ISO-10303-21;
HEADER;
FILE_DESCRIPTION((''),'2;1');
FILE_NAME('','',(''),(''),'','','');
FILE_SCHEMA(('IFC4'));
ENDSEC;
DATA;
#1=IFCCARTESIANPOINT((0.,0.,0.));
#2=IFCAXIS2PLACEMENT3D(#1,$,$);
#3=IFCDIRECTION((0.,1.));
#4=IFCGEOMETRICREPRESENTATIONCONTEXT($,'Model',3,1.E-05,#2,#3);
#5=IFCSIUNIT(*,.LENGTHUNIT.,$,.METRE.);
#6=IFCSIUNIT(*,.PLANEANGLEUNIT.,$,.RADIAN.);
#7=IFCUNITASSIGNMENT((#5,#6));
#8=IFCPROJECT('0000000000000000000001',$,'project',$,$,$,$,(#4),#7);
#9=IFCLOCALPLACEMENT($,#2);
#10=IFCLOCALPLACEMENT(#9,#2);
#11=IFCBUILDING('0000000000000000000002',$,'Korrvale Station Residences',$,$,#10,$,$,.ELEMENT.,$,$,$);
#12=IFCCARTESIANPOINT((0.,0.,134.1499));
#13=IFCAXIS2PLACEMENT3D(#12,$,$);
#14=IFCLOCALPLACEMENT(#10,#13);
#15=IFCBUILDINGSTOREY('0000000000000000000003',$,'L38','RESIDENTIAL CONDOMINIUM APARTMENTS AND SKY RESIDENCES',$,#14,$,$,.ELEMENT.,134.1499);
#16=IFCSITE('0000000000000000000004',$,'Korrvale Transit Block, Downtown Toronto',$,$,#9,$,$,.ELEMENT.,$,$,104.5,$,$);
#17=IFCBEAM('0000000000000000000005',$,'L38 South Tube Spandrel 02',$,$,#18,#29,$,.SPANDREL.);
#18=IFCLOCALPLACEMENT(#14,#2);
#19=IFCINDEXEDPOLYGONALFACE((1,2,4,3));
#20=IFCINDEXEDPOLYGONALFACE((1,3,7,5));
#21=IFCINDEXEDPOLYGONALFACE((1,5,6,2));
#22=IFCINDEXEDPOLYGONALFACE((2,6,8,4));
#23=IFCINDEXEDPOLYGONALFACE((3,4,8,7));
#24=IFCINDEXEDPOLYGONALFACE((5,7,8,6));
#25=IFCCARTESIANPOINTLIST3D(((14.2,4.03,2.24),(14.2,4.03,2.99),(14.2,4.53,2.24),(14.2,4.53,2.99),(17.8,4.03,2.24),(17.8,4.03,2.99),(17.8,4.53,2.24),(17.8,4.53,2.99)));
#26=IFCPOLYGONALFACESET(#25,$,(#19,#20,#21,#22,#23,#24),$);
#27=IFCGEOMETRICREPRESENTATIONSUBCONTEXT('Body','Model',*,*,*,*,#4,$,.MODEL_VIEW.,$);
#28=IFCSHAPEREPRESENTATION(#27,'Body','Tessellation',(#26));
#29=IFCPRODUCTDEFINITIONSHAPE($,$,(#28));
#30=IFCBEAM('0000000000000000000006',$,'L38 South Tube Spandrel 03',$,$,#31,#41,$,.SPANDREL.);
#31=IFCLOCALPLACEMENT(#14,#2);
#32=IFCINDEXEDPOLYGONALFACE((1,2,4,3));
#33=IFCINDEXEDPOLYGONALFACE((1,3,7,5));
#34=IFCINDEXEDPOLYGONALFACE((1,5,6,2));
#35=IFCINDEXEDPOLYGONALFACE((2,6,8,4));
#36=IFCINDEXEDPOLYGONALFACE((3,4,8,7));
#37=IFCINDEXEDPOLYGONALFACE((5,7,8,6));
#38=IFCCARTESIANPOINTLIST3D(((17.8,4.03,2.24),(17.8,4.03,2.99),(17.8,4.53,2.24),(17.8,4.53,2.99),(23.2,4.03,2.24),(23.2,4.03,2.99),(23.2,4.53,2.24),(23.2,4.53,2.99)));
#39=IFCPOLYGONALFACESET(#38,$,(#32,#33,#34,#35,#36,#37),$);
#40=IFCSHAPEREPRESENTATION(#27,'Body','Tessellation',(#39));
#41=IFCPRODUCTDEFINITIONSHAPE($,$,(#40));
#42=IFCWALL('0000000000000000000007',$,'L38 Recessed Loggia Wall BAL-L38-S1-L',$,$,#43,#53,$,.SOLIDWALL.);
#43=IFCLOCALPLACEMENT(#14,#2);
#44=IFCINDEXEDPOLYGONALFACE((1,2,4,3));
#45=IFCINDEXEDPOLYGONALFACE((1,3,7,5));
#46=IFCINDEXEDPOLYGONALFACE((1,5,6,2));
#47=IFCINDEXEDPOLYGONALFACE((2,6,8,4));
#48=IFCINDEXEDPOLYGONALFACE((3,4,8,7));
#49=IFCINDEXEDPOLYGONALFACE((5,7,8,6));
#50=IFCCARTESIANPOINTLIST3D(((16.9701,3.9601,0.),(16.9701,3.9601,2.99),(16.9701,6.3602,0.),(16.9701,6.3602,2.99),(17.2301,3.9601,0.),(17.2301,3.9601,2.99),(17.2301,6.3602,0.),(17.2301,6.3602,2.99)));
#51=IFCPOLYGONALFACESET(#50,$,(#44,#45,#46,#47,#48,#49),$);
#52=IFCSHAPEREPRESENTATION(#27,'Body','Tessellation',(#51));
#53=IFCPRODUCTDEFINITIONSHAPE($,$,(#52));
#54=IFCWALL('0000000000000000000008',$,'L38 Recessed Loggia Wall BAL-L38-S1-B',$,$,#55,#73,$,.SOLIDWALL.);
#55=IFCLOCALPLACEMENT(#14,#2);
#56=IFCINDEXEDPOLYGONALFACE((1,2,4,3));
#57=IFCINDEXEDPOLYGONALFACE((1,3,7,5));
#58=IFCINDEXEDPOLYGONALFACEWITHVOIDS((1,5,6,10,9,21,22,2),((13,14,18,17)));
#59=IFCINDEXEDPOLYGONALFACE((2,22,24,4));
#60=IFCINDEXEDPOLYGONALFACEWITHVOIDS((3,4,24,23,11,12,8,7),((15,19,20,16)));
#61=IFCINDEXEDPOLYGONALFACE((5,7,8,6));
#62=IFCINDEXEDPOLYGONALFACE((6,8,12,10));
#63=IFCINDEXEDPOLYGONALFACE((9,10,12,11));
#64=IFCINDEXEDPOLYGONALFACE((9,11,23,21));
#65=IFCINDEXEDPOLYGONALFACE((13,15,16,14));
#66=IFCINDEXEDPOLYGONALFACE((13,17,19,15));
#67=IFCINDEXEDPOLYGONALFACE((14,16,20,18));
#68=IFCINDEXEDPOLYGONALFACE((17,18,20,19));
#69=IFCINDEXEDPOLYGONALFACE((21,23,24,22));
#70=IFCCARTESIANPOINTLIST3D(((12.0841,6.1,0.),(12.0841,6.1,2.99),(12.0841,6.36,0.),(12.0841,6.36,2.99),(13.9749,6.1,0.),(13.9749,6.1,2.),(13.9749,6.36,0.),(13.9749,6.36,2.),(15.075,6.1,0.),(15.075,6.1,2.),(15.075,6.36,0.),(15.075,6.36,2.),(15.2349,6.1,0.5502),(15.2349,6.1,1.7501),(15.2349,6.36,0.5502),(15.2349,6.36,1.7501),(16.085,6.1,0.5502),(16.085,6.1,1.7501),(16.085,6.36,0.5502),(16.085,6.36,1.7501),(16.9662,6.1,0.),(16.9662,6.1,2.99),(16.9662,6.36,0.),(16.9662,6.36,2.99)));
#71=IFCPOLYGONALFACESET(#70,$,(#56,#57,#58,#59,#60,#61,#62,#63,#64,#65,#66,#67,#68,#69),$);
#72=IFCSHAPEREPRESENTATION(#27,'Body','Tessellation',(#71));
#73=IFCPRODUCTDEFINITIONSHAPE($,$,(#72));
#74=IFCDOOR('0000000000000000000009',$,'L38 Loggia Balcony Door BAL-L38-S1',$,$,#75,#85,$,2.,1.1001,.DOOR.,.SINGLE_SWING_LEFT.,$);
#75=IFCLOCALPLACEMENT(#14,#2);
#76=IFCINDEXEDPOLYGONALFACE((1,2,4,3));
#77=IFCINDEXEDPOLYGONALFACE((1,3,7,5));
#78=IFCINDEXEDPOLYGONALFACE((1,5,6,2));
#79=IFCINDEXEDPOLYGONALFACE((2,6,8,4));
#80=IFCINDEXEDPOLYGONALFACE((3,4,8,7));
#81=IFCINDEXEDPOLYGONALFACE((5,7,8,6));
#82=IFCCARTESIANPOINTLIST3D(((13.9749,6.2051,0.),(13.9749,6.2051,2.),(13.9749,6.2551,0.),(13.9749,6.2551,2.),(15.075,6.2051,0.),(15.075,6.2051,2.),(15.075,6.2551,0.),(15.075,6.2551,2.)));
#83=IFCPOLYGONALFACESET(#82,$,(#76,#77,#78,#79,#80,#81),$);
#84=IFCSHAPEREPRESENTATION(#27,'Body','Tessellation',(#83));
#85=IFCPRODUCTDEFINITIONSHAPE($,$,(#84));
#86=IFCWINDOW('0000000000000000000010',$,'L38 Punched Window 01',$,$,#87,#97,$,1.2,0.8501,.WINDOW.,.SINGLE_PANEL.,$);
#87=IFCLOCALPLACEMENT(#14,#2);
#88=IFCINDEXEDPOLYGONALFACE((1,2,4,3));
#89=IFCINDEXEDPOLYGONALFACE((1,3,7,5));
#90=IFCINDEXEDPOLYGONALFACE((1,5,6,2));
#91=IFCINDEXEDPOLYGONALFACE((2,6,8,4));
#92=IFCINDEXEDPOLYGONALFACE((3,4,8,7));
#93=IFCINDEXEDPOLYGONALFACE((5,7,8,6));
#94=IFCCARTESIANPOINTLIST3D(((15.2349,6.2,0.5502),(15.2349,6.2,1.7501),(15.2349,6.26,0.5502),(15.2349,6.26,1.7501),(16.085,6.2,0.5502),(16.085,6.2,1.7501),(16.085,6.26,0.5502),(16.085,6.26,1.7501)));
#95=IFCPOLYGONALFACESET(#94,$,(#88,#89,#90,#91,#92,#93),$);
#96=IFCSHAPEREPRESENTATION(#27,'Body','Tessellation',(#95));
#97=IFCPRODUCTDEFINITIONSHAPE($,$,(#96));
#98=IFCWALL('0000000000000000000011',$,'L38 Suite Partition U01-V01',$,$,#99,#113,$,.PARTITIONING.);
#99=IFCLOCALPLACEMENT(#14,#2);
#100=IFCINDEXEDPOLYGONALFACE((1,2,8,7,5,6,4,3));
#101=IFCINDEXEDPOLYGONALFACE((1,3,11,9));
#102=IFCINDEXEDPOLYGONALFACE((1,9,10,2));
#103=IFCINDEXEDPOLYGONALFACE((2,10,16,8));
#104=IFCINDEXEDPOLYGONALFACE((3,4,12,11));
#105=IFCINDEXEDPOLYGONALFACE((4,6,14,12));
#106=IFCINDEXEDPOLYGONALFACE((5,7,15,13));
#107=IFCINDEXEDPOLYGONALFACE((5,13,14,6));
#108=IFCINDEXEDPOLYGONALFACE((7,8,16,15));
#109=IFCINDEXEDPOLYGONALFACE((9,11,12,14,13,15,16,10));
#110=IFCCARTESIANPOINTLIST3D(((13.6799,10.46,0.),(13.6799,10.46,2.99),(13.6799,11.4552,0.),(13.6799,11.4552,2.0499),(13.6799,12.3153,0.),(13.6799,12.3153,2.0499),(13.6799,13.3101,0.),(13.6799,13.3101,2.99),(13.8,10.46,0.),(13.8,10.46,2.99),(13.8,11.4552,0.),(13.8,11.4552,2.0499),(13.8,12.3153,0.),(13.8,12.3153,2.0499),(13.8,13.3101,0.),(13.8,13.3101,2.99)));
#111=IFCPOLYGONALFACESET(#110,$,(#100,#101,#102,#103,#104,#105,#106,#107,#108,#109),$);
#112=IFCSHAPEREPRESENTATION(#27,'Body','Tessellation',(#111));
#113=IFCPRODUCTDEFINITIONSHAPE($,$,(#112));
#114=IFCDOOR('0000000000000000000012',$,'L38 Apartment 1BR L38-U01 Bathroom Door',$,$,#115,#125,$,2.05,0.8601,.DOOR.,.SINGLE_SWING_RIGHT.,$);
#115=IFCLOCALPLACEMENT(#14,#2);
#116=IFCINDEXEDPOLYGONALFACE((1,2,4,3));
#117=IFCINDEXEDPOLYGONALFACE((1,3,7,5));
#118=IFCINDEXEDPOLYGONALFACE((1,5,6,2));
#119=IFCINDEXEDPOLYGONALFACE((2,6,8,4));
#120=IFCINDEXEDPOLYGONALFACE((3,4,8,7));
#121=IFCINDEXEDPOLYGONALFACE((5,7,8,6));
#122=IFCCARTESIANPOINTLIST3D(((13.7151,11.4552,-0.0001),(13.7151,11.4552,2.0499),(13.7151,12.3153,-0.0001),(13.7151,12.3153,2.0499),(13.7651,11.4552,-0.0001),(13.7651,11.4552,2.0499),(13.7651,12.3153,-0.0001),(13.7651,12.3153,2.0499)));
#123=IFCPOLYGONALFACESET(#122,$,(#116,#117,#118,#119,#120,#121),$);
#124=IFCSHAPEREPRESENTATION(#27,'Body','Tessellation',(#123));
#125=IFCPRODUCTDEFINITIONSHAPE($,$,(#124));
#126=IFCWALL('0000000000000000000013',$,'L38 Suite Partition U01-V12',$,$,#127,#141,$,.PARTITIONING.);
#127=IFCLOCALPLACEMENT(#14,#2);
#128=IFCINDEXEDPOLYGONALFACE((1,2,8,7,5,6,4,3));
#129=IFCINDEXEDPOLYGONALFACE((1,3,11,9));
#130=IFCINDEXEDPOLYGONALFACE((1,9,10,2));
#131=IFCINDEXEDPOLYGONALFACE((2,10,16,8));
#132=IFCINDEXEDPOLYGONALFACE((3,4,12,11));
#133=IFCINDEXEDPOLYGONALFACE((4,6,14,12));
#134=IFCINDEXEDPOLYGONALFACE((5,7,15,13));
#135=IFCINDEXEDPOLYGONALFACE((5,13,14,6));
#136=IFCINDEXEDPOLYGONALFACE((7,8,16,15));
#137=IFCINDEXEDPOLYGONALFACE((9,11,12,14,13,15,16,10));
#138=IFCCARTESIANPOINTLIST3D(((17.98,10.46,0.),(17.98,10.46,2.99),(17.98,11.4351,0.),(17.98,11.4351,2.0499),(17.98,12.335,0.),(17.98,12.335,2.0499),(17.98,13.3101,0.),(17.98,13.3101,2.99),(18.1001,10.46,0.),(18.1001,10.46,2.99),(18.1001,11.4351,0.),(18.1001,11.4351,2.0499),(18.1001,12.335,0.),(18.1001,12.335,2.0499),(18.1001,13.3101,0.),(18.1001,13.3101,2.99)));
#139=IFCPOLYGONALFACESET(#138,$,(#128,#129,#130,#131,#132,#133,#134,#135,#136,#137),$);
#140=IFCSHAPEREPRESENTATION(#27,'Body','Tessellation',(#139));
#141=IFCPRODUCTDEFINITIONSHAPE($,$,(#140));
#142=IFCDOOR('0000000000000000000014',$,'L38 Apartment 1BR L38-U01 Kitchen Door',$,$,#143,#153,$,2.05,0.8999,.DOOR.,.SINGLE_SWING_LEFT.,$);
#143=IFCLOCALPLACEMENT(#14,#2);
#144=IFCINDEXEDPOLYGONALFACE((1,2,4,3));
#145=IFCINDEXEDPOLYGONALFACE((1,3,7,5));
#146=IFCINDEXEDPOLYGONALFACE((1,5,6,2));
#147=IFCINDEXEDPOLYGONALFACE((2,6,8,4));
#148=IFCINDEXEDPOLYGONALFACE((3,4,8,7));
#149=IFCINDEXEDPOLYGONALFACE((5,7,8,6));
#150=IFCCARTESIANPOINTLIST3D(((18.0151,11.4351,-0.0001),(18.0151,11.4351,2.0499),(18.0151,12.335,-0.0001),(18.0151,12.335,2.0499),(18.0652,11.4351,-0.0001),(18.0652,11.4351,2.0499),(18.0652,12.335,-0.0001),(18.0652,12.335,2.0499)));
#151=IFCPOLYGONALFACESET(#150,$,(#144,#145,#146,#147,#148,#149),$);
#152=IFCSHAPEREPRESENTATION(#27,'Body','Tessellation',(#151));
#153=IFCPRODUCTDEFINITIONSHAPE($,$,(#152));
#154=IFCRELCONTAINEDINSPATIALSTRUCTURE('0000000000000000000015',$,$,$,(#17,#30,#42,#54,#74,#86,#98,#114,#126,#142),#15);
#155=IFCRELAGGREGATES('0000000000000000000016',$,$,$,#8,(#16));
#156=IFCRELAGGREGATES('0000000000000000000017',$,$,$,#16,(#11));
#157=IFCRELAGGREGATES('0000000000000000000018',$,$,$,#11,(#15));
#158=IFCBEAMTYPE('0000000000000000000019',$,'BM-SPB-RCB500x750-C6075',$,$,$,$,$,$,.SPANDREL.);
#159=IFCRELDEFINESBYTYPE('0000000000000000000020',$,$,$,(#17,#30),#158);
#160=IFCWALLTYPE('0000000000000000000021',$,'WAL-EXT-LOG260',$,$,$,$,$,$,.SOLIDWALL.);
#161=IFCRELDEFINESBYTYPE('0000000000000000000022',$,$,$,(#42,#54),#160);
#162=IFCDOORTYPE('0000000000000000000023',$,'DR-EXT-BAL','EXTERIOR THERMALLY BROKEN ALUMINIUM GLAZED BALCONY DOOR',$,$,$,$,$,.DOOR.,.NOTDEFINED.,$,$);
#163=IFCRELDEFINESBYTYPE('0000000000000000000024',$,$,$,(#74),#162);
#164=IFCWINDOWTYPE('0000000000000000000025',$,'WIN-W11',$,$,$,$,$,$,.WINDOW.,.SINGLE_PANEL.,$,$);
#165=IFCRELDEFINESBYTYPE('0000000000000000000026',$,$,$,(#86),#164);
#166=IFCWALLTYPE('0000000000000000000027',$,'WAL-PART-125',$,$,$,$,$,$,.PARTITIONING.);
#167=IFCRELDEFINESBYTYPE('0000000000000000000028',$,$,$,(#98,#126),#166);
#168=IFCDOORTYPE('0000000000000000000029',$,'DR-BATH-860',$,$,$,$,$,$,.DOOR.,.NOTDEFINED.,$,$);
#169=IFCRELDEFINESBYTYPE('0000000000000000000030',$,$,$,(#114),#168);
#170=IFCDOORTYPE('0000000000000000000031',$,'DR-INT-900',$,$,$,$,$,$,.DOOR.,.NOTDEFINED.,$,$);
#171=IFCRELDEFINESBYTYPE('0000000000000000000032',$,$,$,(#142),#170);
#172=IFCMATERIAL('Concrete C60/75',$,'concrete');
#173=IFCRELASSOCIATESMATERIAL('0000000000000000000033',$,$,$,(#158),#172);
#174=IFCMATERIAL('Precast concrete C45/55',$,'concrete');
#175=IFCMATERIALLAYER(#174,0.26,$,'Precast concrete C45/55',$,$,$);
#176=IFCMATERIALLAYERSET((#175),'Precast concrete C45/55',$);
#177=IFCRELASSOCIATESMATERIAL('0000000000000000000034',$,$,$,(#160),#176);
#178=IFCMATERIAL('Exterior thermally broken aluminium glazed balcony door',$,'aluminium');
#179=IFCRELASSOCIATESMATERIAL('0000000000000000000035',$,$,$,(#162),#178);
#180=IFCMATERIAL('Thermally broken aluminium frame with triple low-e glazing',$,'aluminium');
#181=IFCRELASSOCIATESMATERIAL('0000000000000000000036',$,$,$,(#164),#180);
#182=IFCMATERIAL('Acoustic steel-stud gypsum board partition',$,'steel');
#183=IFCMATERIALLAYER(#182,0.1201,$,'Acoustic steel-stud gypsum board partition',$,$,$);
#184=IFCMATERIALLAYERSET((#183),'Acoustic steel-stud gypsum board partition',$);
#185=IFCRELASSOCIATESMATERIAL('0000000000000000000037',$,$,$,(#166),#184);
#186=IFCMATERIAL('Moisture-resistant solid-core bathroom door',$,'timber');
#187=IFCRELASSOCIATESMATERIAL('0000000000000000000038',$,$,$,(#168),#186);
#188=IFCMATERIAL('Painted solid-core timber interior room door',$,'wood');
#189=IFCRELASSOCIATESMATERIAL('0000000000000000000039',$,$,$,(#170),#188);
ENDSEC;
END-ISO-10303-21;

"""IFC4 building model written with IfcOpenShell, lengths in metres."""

from ifc_helpers import new_model, si_unit, direction, frame, frame_2d, origin, origin_2d, place, context, subcontext, project, spatial, rectangle, extrude, material, layer, layer_set, material_profile, profile_set, type_object, element, fill, save


model = new_model("IFC4")

# Units and contexts
model_context = context("Model", 3, precision=1e-05, world=origin(), true_north=direction((0.0, 1.0)))
body_context = subcontext(model_context, "Body", "Model", "MODEL_VIEW")
ifc_project = project(units=[si_unit("LENGTHUNIT", "METRE"), si_unit("PLANEANGLEUNIT", "RADIAN")], contexts=[model_context])

# Site, building, storey
site_placement = place(None, origin())
site = spatial("IfcSite", under=ifc_project, at=site_placement, Name="Korrvale Transit Block, Downtown Toronto", CompositionType="ELEMENT", RefElevation=104.5)
building_placement = place(site_placement, origin())
building = spatial("IfcBuilding", under=site, at=building_placement, Name="Korrvale Station Residences", CompositionType="ELEMENT")
storey_placement = place(building_placement, frame((0.0, 0.0, 134.1499)))
storey = spatial("IfcBuildingStorey", under=building, at=storey_placement, Name="L38", Description="RESIDENTIAL CONDOMINIUM APARTMENTS AND SKY RESIDENCES", CompositionType="ELEMENT", Elevation=134.1499)

# Shared definitions
ifc_material_1 = material(Name="Concrete C60/75", Category="concrete")

# Beams
ifc_material_profile_1 = material_profile(ifc_material_1, rectangle(XDim=0.5, YDim=0.75, at=origin_2d()), Name="RCB500x750")
ifc_profile_set_1 = profile_set([ifc_material_profile_1], Name="Concrete C60/75")
beam_type_1 = type_object("IfcBeamType", Name="BM-SPB-RCB500x750-C6075", PredefinedType="SPANDREL", material=ifc_profile_set_1)
beam_1_placement = place(storey_placement, frame((14.2, 4.28, 2.615), z_axis=(1.0, 0.0, 0.0), x_axis=(0.0, 1.0, 0.0)))
element("IfcBeam", 1, at=beam_1_placement, inside=storey, type_object=beam_type_1, Name="L38 South Tube Spandrel 02", PredefinedType="SPANDREL", context=body_context, shape_type="SweptSolid", body=[
    extrude(rectangle(XDim=0.5, YDim=0.75, at=origin_2d()), origin(), (0.0, 0.0, 1.0), 3.6001),
])
beam_2_placement = place(storey_placement, frame((17.8, 4.28, 2.615), z_axis=(1.0, 0.0, 0.0), x_axis=(0.0, 1.0, 0.0)))
element("IfcBeam", 2, at=beam_2_placement, inside=storey, type_object=beam_type_1, Name="L38 South Tube Spandrel 03", PredefinedType="SPANDREL", context=body_context, shape_type="SweptSolid", body=[
    extrude(rectangle(XDim=0.5, YDim=0.75, at=origin_2d()), origin(), (0.0, 0.0, 1.0), 5.3999),
])

# Wall
ifc_material_2 = material(Name="Precast concrete C45/55", Category="concrete")
ifc_layer_1 = layer(ifc_material_2, 0.26, Name="Precast concrete C45/55")
ifc_layer_set_1 = layer_set([ifc_layer_1], Name="Precast concrete C45/55")
wall_type_1 = type_object("IfcWallType", Name="WAL-EXT-LOG260", PredefinedType="SOLIDWALL", material=ifc_layer_set_1)
wall_1_placement = place(storey_placement, frame((17.1001, 3.96, 0.0), z_axis=(0.0, 0.0, 1.0), x_axis=(0.0, 1.0, 0.0)))
element("IfcWall", 3, at=wall_1_placement, inside=storey, type_object=wall_type_1, Name="L38 Recessed Loggia Wall BAL-L38-S1-L", PredefinedType="SOLIDWALL", context=body_context, shape_type="SweptSolid", body=[
    extrude(rectangle(XDim=2.4001, YDim=0.26, at=frame_2d((1.2002, 0.0))), origin(), (0.0, 0.0, 1.0), 2.99),
])

# Wall, openings, door, window
wall_2_placement = place(storey_placement, frame((16.9661, 6.23, 0.0), z_axis=(0.0, 0.0, 1.0), x_axis=(-1.0, 0.0, 0.0)))
wall_2 = element("IfcWall", 4, at=wall_2_placement, inside=storey, type_object=wall_type_1, Name="L38 Recessed Loggia Wall BAL-L38-S1-B", PredefinedType="SOLIDWALL", context=body_context, shape_type="SweptSolid", body=[
    extrude(rectangle(XDim=4.8821, YDim=0.26, at=frame_2d((2.4409, 0.0))), origin(), (0.0, 0.0, 1.0), 2.99),
])
opening_1_placement = place(wall_2_placement, frame((1.8911, 0.0, 0.0)))
opening_1 = element("IfcOpeningElement", 5, at=opening_1_placement, cuts=wall_2, PredefinedType="OPENING", context=body_context, shape_type="SweptSolid", body=[
    extrude(rectangle(XDim=1.1001, YDim=2.0, at=frame_2d((0.55, 1.0))), frame((0.0, 0.1401, 0.0), z_axis=(0.0, -1.0, 0.0), x_axis=(1.0, 0.0, 0.0)), (0.0, 0.0, 1.0), 0.28),
])
opening_2_placement = place(wall_2_placement, frame((0.8811, 0.0, 0.55)))
opening_2 = element("IfcOpeningElement", 6, at=opening_2_placement, cuts=wall_2, PredefinedType="OPENING", context=body_context, shape_type="SweptSolid", body=[
    extrude(rectangle(XDim=0.8501, YDim=1.2, at=frame_2d((0.425, 0.6001))), frame((0.0, 0.1401, 0.0), z_axis=(0.0, -1.0, 0.0), x_axis=(1.0, 0.0, 0.0)), (0.0, 0.0, 1.0), 0.28),
])
ifc_material_3 = material(Name="Exterior thermally broken aluminium glazed balcony door", Category="aluminium")
door_type_1 = type_object("IfcDoorType", Name="DR-EXT-BAL", Description="EXTERIOR THERMALLY BROKEN ALUMINIUM GLAZED BALCONY DOOR", OperationType="NOTDEFINED", PredefinedType="DOOR", material=ifc_material_3)
door_1_placement = place(opening_1_placement, origin())
door_1 = element("IfcDoor", 7, at=door_1_placement, inside=storey, type_object=door_type_1, Name="L38 Loggia Balcony Door BAL-L38-S1", OperationType="SINGLE_SWING_LEFT", OverallHeight=2.0, OverallWidth=1.1001, PredefinedType="DOOR", context=body_context, shape_type="SweptSolid", body=[
    extrude(rectangle(XDim=1.1001, YDim=2.0, at=frame_2d((0.55, 1.0))), frame((0.0, 0.0249, 0.0), z_axis=(0.0, -1.0, 0.0), x_axis=(1.0, 0.0, 0.0)), (0.0, 0.0, 1.0), 0.05),
])
fill(opening_1, door_1)
ifc_material_4 = material(Name="Thermally broken aluminium frame with triple low-e glazing", Category="aluminium")
window_type = type_object("IfcWindowType", Name="WIN-W11", PartitioningType="SINGLE_PANEL", PredefinedType="WINDOW", material=ifc_material_4)
window_placement = place(opening_2_placement, origin())
window = element("IfcWindow", 8, at=window_placement, inside=storey, type_object=window_type, Name="L38 Punched Window 01", OverallHeight=1.2, OverallWidth=0.8501, PartitioningType="SINGLE_PANEL", PredefinedType="WINDOW", context=body_context, shape_type="SweptSolid", body=[
    extrude(rectangle(XDim=0.8501, YDim=1.2, at=frame_2d((0.425, 0.6001))), frame((0.0, 0.03, 0.0), z_axis=(0.0, -1.0, 0.0), x_axis=(1.0, 0.0, 0.0)), (0.0, 0.0, 1.0), 0.0601),
])
fill(opening_2, window)

# Walls, openings, doors
ifc_material_5 = material(Name="Acoustic steel-stud gypsum board partition", Category="steel")
ifc_layer_2 = layer(ifc_material_5, 0.1201, Name="Acoustic steel-stud gypsum board partition")
ifc_layer_set_2 = layer_set([ifc_layer_2], Name="Acoustic steel-stud gypsum board partition")
wall_type_2 = type_object("IfcWallType", Name="WAL-PART-125", PredefinedType="PARTITIONING", material=ifc_layer_set_2)
wall_3_placement = place(storey_placement, frame((13.74, 10.46, 0.0), z_axis=(0.0, 0.0, 1.0), x_axis=(0.0, 1.0, 0.0)))
wall_3 = element("IfcWall", 9, at=wall_3_placement, inside=storey, type_object=wall_type_2, Name="L38 Suite Partition U01-V01", PredefinedType="PARTITIONING", context=body_context, shape_type="SweptSolid", body=[
    extrude(rectangle(XDim=2.8501, YDim=0.1201, at=frame_2d((1.425, 0.0))), origin(), (0.0, 0.0, 1.0), 2.99),
])
opening_3_placement = place(wall_3_placement, frame((0.9951, 0.0, 0.0)))
opening_3 = element("IfcOpeningElement", 10, at=opening_3_placement, cuts=wall_3, PredefinedType="OPENING", context=body_context, shape_type="SweptSolid", body=[
    extrude(rectangle(XDim=0.8601, YDim=2.05, at=frame_2d((0.4302, 1.0249))), frame((0.0, 0.0701, 0.0), z_axis=(0.0, -1.0, 0.0), x_axis=(1.0, 0.0, 0.0)), (0.0, 0.0, 1.0), 0.1401),
])
ifc_material_6 = material(Name="Moisture-resistant solid-core bathroom door", Category="timber")
door_type_2 = type_object("IfcDoorType", Name="DR-BATH-860", OperationType="NOTDEFINED", PredefinedType="DOOR", material=ifc_material_6)
door_2_placement = place(opening_3_placement, origin())
door_2 = element("IfcDoor", 11, at=door_2_placement, inside=storey, type_object=door_type_2, Name="L38 Apartment 1BR L38-U01 Bathroom Door", OperationType="SINGLE_SWING_RIGHT", OverallHeight=2.05, OverallWidth=0.8601, PredefinedType="DOOR", context=body_context, shape_type="SweptSolid", body=[
    extrude(rectangle(XDim=0.8601, YDim=2.05, at=frame_2d((0.4302, 1.0249))), frame((0.0, 0.0249, 0.0), z_axis=(0.0, -1.0, 0.0), x_axis=(1.0, 0.0, 0.0)), (0.0, 0.0, 1.0), 0.05),
])
fill(opening_3, door_2)
wall_4_placement = place(storey_placement, frame((18.04, 10.46, 0.0), z_axis=(0.0, 0.0, 1.0), x_axis=(0.0, 1.0, 0.0)))
wall_4 = element("IfcWall", 12, at=wall_4_placement, inside=storey, type_object=wall_type_2, Name="L38 Suite Partition U01-V12", PredefinedType="PARTITIONING", context=body_context, shape_type="SweptSolid", body=[
    extrude(rectangle(XDim=2.8501, YDim=0.1201, at=frame_2d((1.425, 0.0))), origin(), (0.0, 0.0, 1.0), 2.99),
])
opening_4_placement = place(wall_4_placement, frame((0.9751, 0.0, 0.0)))
opening_4 = element("IfcOpeningElement", 13, at=opening_4_placement, cuts=wall_4, PredefinedType="OPENING", context=body_context, shape_type="SweptSolid", body=[
    extrude(rectangle(XDim=0.8999, YDim=2.05, at=frame_2d((0.45, 1.0249))), frame((0.0, 0.0701, 0.0), z_axis=(0.0, -1.0, 0.0), x_axis=(1.0, 0.0, 0.0)), (0.0, 0.0, 1.0), 0.1401),
])
ifc_material_7 = material(Name="Painted solid-core timber interior room door", Category="wood")
door_type_3 = type_object("IfcDoorType", Name="DR-INT-900", OperationType="NOTDEFINED", PredefinedType="DOOR", material=ifc_material_7)
door_3_placement = place(opening_4_placement, origin())
door_3 = element("IfcDoor", 14, at=door_3_placement, inside=storey, type_object=door_type_3, Name="L38 Apartment 1BR L38-U01 Kitchen Door", OperationType="SINGLE_SWING_LEFT", OverallHeight=2.05, OverallWidth=0.8999, PredefinedType="DOOR", context=body_context, shape_type="SweptSolid", body=[
    extrude(rectangle(XDim=0.8999, YDim=2.05, at=frame_2d((0.45, 1.0249))), frame((0.0, 0.0249, 0.0), z_axis=(0.0, -1.0, 0.0), x_axis=(1.0, 0.0, 0.0)), (0.0, 0.0, 1.0), 0.05),
])
fill(opening_4, door_3)

save(model, "model.ifc")
